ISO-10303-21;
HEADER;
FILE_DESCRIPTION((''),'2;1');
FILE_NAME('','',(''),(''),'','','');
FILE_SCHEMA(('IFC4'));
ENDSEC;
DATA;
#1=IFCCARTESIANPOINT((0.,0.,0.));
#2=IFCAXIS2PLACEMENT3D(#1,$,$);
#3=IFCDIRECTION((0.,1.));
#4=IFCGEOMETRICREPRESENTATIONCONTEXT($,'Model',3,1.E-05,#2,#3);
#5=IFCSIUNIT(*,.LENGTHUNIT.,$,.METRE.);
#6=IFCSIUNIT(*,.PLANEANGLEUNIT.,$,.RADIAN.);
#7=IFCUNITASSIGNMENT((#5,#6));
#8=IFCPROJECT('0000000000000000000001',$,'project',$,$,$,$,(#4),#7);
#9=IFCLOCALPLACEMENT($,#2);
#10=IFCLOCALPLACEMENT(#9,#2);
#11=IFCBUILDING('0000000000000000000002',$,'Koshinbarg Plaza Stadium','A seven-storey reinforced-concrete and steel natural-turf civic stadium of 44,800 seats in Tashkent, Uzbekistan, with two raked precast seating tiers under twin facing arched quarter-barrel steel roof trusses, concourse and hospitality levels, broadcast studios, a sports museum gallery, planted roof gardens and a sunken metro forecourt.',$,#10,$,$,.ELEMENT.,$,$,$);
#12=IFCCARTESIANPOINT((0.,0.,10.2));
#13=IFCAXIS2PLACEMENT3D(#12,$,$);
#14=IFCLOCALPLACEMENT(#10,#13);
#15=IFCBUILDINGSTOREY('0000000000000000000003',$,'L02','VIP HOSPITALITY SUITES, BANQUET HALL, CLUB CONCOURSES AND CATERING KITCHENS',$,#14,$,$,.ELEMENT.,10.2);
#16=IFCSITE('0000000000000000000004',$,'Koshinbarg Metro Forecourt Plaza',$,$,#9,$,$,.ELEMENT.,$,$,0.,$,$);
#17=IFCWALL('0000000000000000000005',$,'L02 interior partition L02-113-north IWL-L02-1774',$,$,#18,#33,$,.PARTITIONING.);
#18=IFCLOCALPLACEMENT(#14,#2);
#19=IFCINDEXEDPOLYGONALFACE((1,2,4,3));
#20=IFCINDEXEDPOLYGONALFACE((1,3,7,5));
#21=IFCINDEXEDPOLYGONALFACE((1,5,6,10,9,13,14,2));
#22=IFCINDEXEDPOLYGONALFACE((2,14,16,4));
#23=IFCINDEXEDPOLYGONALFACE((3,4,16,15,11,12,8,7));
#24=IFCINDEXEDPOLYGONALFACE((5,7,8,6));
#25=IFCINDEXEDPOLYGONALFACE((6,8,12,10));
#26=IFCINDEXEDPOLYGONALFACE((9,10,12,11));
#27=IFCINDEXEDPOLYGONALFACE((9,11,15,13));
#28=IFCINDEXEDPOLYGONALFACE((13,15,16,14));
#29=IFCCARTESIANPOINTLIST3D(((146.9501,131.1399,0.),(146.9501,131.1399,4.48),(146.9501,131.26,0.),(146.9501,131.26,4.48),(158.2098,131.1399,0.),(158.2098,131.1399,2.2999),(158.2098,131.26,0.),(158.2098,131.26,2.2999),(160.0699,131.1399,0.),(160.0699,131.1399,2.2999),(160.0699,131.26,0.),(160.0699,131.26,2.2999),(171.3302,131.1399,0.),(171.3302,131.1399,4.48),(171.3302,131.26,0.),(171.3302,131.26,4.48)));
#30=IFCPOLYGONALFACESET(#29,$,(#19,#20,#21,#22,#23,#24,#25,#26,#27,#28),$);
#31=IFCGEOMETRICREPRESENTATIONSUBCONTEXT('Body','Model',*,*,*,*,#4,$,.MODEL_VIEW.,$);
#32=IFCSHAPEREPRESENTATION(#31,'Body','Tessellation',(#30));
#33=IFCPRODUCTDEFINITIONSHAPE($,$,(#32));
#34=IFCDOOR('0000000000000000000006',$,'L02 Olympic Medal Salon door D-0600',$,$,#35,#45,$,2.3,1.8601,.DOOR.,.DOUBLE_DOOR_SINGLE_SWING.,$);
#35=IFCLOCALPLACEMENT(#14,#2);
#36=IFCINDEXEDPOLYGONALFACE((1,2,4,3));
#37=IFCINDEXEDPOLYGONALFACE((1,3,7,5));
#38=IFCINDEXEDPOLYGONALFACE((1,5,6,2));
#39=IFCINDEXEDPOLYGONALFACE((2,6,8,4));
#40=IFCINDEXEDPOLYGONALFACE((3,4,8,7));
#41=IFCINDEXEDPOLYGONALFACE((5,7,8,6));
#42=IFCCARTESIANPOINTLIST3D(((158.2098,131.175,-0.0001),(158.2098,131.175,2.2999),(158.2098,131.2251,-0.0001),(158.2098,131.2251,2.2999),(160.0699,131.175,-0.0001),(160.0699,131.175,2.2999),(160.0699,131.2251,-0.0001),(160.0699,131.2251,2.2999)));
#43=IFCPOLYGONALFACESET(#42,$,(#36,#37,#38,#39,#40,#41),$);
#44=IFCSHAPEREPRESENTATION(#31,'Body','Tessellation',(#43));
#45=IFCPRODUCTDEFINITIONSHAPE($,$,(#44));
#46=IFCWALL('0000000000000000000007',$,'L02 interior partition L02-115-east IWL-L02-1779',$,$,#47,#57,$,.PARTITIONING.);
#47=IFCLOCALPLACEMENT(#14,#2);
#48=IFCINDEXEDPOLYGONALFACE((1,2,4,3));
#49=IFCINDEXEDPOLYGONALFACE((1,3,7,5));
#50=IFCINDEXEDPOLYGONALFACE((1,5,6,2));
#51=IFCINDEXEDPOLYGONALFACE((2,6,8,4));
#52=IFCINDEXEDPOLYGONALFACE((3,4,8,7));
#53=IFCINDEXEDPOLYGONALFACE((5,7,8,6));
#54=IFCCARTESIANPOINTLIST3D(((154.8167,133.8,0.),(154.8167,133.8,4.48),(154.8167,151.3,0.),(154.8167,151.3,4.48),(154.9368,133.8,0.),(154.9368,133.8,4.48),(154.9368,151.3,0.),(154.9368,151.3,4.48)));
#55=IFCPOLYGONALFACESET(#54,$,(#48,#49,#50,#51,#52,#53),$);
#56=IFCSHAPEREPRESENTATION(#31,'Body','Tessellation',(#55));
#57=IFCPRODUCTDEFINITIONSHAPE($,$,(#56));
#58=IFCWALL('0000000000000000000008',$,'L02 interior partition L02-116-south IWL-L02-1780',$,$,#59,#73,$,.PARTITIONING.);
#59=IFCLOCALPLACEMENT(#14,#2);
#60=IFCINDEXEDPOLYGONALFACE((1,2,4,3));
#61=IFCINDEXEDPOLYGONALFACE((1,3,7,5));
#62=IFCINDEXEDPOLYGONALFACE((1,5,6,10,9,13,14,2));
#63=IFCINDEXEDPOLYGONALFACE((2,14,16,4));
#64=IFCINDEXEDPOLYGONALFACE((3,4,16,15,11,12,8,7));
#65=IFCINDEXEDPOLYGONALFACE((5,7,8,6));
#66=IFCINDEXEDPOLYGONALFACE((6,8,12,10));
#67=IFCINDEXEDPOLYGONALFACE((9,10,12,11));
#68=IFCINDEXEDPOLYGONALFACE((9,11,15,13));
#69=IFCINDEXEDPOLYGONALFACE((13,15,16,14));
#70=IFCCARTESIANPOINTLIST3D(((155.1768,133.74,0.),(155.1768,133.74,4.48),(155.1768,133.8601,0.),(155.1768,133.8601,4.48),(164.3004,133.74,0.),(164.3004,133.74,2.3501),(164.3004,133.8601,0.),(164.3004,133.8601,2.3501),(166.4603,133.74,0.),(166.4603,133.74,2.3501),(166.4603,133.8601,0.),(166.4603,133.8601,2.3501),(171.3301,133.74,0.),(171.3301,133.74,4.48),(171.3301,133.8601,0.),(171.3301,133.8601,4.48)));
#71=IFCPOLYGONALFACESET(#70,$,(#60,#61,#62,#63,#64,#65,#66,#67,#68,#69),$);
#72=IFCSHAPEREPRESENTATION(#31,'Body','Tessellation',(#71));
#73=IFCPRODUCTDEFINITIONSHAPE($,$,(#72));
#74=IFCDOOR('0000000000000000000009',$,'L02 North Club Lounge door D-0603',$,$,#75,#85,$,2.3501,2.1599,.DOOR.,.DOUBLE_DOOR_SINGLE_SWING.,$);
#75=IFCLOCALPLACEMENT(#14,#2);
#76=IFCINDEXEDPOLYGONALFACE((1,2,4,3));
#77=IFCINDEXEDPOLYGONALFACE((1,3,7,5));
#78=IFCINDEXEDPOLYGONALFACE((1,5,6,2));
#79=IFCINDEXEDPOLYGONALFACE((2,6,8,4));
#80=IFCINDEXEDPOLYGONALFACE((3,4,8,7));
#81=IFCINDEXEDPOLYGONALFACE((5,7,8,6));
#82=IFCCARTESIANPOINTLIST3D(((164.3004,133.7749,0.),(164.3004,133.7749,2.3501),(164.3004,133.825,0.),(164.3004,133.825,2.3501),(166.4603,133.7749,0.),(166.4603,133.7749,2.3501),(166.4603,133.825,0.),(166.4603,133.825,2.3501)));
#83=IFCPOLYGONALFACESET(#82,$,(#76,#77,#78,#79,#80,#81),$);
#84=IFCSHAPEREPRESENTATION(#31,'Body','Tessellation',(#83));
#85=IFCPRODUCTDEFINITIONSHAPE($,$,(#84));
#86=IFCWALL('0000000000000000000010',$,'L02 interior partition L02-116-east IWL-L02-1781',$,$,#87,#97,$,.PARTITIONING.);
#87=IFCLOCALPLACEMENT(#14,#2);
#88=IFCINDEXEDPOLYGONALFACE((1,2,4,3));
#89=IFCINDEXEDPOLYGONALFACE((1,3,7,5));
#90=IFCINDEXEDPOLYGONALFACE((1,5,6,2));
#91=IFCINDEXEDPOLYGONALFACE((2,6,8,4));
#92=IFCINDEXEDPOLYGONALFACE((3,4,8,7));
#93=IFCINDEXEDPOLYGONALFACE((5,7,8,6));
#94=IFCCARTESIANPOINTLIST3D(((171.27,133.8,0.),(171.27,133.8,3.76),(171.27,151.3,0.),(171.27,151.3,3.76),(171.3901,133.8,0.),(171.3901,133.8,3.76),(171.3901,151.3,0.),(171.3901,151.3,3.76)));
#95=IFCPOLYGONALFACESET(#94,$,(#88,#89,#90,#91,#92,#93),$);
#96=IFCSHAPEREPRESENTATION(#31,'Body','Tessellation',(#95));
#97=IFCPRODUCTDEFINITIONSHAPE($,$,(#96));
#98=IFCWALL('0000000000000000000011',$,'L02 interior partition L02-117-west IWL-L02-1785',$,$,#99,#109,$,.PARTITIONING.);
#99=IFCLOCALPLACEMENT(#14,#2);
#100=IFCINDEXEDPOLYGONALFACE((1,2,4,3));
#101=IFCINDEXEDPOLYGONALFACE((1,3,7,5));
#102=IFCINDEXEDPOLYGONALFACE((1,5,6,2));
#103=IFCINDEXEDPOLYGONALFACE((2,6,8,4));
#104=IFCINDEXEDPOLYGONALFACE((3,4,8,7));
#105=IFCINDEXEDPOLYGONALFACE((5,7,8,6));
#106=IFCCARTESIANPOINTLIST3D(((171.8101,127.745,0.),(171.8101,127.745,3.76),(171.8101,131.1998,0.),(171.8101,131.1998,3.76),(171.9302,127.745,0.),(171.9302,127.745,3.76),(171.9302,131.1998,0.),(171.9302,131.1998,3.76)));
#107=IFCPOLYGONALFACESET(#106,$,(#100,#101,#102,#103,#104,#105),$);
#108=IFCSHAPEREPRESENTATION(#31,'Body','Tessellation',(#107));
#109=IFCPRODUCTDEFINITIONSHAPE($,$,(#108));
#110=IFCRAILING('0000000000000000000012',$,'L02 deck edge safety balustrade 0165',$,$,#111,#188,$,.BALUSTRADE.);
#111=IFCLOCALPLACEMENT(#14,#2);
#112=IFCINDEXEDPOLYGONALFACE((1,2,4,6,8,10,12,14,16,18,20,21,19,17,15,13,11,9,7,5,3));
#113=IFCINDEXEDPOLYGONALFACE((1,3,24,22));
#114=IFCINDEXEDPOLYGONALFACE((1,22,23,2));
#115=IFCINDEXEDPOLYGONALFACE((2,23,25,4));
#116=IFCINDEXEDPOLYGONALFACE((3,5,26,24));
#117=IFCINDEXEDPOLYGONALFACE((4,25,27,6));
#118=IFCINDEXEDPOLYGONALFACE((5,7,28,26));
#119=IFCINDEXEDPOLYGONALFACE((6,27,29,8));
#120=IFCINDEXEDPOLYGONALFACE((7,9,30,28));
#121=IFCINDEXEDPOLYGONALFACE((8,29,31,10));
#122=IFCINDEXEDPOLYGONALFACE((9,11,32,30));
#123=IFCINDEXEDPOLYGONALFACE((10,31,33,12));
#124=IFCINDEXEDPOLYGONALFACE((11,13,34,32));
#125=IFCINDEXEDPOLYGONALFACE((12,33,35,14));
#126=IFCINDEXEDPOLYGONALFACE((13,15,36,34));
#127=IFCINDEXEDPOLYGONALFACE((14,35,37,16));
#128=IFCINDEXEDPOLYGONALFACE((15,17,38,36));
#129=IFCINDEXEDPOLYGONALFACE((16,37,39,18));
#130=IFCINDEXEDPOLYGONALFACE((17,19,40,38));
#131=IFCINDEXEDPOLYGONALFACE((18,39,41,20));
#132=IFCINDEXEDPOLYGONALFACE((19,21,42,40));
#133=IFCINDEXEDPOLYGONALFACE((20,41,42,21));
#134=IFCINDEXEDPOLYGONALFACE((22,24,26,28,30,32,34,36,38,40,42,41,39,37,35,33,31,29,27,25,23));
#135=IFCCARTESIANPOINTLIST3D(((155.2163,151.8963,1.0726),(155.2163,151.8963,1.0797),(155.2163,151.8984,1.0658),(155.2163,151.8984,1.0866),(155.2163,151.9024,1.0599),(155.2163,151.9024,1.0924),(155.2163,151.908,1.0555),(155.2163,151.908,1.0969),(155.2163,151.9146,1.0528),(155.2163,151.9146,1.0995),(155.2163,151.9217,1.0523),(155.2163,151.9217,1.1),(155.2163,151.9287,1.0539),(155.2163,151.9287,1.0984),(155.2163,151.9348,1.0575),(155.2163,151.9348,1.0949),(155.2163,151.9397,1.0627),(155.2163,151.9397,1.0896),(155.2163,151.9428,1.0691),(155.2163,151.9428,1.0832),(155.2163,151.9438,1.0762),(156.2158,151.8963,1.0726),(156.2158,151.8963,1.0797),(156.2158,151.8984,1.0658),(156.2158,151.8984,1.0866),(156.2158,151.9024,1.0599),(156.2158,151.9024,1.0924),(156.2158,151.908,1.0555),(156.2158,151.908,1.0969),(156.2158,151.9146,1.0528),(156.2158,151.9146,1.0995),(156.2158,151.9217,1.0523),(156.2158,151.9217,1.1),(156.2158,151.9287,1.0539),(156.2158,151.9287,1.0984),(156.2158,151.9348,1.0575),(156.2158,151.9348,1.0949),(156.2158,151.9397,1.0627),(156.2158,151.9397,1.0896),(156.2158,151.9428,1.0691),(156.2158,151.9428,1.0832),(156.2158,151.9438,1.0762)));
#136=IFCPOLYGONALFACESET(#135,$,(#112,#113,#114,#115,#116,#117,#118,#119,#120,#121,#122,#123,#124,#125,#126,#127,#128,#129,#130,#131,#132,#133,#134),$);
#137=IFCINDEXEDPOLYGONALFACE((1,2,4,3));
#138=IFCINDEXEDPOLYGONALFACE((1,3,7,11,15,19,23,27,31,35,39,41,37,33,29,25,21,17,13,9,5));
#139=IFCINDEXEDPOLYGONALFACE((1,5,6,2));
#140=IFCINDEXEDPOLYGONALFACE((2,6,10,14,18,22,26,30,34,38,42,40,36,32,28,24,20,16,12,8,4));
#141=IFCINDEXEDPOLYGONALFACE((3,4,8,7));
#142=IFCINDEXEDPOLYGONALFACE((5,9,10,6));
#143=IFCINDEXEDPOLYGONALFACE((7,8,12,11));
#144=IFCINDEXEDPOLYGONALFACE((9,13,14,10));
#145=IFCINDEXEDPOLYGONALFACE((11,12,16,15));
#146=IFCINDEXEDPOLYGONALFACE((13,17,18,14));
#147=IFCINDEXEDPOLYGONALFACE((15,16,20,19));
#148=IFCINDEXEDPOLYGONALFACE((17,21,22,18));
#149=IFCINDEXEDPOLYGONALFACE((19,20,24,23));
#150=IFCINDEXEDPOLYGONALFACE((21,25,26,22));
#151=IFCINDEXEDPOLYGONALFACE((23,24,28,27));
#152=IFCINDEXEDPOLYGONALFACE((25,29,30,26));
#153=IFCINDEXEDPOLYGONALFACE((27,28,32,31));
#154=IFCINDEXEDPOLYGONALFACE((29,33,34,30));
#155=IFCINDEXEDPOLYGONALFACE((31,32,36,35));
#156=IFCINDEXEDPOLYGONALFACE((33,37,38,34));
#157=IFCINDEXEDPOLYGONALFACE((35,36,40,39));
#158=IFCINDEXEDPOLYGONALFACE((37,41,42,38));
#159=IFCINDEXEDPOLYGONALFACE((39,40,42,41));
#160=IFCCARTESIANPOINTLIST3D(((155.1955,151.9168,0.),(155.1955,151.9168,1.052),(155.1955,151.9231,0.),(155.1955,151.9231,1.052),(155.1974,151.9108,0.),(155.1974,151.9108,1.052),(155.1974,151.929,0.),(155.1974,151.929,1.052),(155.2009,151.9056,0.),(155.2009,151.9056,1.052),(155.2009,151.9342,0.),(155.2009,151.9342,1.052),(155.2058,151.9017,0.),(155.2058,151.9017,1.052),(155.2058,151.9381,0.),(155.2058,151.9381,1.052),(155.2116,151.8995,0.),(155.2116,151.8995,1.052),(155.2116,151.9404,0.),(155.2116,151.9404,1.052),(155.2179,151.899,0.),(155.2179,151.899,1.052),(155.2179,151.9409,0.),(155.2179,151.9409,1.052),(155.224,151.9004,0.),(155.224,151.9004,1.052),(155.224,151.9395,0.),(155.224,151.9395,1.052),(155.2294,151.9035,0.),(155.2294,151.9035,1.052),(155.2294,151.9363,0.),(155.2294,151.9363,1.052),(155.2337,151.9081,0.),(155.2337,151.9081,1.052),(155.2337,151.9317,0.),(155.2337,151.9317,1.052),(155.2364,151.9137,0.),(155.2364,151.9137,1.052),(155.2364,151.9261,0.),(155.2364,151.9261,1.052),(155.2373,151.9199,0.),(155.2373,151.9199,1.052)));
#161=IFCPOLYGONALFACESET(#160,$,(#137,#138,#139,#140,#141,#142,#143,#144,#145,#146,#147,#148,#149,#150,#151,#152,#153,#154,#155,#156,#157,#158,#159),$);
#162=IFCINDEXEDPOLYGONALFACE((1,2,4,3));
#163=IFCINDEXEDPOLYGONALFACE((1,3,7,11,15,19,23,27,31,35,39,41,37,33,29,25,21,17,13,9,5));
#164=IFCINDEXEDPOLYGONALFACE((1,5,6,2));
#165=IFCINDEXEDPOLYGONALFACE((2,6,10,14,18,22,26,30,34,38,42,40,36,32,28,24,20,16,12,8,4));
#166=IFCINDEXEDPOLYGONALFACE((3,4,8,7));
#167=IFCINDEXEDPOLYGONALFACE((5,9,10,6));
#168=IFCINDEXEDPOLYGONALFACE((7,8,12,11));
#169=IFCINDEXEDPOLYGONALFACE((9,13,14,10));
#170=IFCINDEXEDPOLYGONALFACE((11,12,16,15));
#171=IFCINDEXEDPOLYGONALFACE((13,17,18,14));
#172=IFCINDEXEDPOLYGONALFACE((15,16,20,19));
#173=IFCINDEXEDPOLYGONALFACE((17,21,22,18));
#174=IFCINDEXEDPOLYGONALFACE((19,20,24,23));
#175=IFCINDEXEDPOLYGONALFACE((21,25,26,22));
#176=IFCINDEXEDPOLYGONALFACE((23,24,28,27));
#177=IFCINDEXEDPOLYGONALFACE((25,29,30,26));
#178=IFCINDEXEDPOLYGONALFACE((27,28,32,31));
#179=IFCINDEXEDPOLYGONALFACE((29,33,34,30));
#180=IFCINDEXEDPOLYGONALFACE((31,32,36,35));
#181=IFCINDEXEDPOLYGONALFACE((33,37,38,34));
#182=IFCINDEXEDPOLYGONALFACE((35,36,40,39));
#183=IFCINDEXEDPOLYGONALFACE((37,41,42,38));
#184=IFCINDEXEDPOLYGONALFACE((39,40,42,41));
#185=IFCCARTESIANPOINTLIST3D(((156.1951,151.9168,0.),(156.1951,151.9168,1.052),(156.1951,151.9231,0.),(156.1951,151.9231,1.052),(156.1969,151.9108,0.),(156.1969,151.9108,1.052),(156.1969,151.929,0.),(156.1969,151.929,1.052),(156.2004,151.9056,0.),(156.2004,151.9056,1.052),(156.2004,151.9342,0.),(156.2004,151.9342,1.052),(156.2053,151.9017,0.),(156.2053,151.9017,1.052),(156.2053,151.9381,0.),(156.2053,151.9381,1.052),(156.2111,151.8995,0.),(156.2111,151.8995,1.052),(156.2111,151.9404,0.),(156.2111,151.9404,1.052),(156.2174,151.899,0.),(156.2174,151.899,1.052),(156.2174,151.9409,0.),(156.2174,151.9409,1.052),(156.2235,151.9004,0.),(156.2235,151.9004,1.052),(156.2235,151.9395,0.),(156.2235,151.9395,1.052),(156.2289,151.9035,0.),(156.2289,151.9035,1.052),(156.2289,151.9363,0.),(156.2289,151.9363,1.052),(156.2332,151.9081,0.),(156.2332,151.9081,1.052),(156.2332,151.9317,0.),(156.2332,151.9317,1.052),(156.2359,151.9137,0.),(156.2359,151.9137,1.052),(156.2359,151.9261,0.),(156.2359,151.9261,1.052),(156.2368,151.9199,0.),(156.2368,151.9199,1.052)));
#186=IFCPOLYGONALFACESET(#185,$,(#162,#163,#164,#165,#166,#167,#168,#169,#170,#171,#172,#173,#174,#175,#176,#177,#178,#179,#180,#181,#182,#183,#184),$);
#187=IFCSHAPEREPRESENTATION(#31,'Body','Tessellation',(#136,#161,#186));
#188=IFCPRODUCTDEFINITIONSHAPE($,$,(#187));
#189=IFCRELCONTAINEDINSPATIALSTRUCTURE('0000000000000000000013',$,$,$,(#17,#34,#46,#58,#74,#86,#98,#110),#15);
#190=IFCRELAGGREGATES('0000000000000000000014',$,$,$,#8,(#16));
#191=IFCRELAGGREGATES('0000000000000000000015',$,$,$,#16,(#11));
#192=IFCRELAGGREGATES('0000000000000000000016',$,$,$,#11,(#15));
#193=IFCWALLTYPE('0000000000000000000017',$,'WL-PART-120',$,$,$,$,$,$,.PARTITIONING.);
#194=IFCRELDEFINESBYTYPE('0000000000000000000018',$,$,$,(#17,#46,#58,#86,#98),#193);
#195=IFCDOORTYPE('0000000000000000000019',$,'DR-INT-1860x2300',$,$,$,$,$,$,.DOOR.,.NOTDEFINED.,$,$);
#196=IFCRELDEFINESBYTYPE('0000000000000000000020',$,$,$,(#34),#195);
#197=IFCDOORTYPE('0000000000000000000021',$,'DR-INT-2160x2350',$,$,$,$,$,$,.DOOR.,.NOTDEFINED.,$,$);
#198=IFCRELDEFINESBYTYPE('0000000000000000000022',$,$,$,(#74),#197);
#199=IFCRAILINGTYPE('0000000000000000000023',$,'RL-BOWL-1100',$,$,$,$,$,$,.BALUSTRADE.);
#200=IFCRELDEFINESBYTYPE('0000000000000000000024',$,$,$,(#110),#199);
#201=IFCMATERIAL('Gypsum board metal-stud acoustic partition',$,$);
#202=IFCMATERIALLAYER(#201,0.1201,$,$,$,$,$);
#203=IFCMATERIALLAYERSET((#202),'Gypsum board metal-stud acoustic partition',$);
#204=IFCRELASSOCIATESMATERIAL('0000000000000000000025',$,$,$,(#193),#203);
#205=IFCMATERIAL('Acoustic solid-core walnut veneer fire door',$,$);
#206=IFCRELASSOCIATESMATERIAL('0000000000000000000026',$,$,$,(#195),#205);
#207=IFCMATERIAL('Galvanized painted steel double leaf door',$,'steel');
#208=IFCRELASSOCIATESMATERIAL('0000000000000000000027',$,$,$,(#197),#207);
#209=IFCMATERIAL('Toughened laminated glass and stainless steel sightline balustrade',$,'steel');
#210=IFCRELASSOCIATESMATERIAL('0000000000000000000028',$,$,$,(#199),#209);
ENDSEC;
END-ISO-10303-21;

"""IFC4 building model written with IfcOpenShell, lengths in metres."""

from ifc_helpers import new_model, si_unit, direction, frame, frame_2d, origin, origin_2d, place, context, subcontext, project, spatial, rectangle, circle, extrude, material, layer, layer_set, type_object, element, fill, save


model = new_model("IFC4")

# Units and contexts
model_context = context("Model", 3, precision=1e-05, world=origin(), true_north=direction((0.0, 1.0)))
body_context = subcontext(model_context, "Body", "Model", "MODEL_VIEW")
ifc_project = project(units=[si_unit("LENGTHUNIT", "METRE"), si_unit("PLANEANGLEUNIT", "RADIAN")], contexts=[model_context])

# Site, building, storey
site_placement = place(None, origin())
site = spatial("IfcSite", under=ifc_project, at=site_placement, Name="Koshinbarg Metro Forecourt Plaza", CompositionType="ELEMENT", RefElevation=0.0)
building_placement = place(site_placement, origin())
building = spatial("IfcBuilding", under=site, at=building_placement, Name="Koshinbarg Plaza Stadium", Description="A seven-storey reinforced-concrete and steel natural-turf civic stadium of 44,800 seats in Tashkent, Uzbekistan, with two raked precast seating tiers under twin facing arched quarter-barrel steel roof trusses, concourse and hospitality levels, broadcast studios, a sports museum gallery, planted roof gardens and a sunken metro forecourt.", CompositionType="ELEMENT")
storey_placement = place(building_placement, frame((0.0, 0.0, 10.2)))
storey = spatial("IfcBuildingStorey", under=building, at=storey_placement, Name="L02", Description="VIP HOSPITALITY SUITES, BANQUET HALL, CLUB CONCOURSES AND CATERING KITCHENS", CompositionType="ELEMENT", Elevation=10.2)

# Wall, opening, door
ifc_material_1 = material(Name="Gypsum board metal-stud acoustic partition")
ifc_layer_1 = layer(ifc_material_1, 0.1201)
ifc_layer_set_1 = layer_set([ifc_layer_1], Name="Gypsum board metal-stud acoustic partition")
wall_type_1 = type_object("IfcWallType", Name="WL-PART-120", PredefinedType="PARTITIONING", material=ifc_layer_set_1)
wall_1_placement = place(storey_placement, frame((171.3301, 131.2, 0.0), z_axis=(0.0, 0.0, 1.0), x_axis=(-1.0, 0.0, 0.0)))
wall_1 = element("IfcWall", 1, at=wall_1_placement, inside=storey, type_object=wall_type_1, Name="L02 interior partition L02-113-north IWL-L02-1774", PredefinedType="PARTITIONING", context=body_context, shape_type="SweptSolid", body=[
    extrude(rectangle(XDim=24.3801, YDim=0.1201, at=frame_2d((12.1899, 0.0))), origin(), (0.0, 0.0, 1.0), 4.48),
])
opening_1_placement = place(wall_1_placement, frame((11.26, 0.0, 0.0)))
opening_1 = element("IfcOpeningElement", 2, at=opening_1_placement, cuts=wall_1, PredefinedType="OPENING", context=body_context, shape_type="SweptSolid", body=[
    extrude(rectangle(XDim=1.8601, YDim=2.3, at=frame_2d((0.9302, 1.1499))), frame((0.0, 0.0701, 0.0), z_axis=(0.0, -1.0, 0.0), x_axis=(1.0, 0.0, 0.0)), (0.0, 0.0, 1.0), 0.1401),
])
ifc_material_2 = material(Name="Acoustic solid-core walnut veneer fire door")
door_type_1 = type_object("IfcDoorType", Name="DR-INT-1860x2300", OperationType="NOTDEFINED", PredefinedType="DOOR", material=ifc_material_2)
door_1_placement = place(opening_1_placement, origin())
door_1 = element("IfcDoor", 3, at=door_1_placement, inside=storey, type_object=door_type_1, Name="L02 Olympic Medal Salon door D-0600", OperationType="DOUBLE_DOOR_SINGLE_SWING", OverallHeight=2.3, OverallWidth=1.8601, PredefinedType="DOOR", context=body_context, shape_type="SweptSolid", body=[
    extrude(rectangle(XDim=1.8601, YDim=2.3, at=frame_2d((0.9302, 1.1499))), frame((0.0, 0.0249, 0.0), z_axis=(0.0, -1.0, 0.0), x_axis=(1.0, 0.0, 0.0)), (0.0, 0.0, 1.0), 0.05),
])
fill(opening_1, door_1)

# Wall
wall_2_placement = place(storey_placement, frame((154.8767, 133.8, 0.0), z_axis=(0.0, 0.0, 1.0), x_axis=(0.0, 1.0, 0.0)))
element("IfcWall", 4, at=wall_2_placement, inside=storey, type_object=wall_type_1, Name="L02 interior partition L02-115-east IWL-L02-1779", PredefinedType="PARTITIONING", context=body_context, shape_type="SweptSolid", body=[
    extrude(rectangle(XDim=17.5, YDim=0.1201, at=frame_2d((8.75, 0.0))), origin(), (0.0, 0.0, 1.0), 4.48),
])

# Wall, opening, door
wall_3_placement = place(storey_placement, frame((155.1768, 133.8, 0.0), z_axis=(0.0, 0.0, 1.0), x_axis=(1.0, 0.0, 0.0)))
wall_3 = element("IfcWall", 5, at=wall_3_placement, inside=storey, type_object=wall_type_1, Name="L02 interior partition L02-116-south IWL-L02-1780", PredefinedType="PARTITIONING", context=body_context, shape_type="SweptSolid", body=[
    extrude(rectangle(XDim=16.1533, YDim=0.1201, at=frame_2d((8.0767, 0.0))), origin(), (0.0, 0.0, 1.0), 4.48),
])
opening_2_placement = place(wall_3_placement, frame((9.1235, 0.0, 0.0)))
opening_2 = element("IfcOpeningElement", 6, at=opening_2_placement, cuts=wall_3, PredefinedType="OPENING", context=body_context, shape_type="SweptSolid", body=[
    extrude(rectangle(XDim=2.1599, YDim=2.3501, at=frame_2d((1.0801, 1.175))), frame((0.0, 0.0701, 0.0), z_axis=(0.0, -1.0, 0.0), x_axis=(1.0, 0.0, 0.0)), (0.0, 0.0, 1.0), 0.1401),
])
ifc_material_3 = material(Name="Galvanized painted steel double leaf door", Category="steel")
door_type_2 = type_object("IfcDoorType", Name="DR-INT-2160x2350", OperationType="NOTDEFINED", PredefinedType="DOOR", material=ifc_material_3)
door_2_placement = place(opening_2_placement, origin())
door_2 = element("IfcDoor", 7, at=door_2_placement, inside=storey, type_object=door_type_2, Name="L02 North Club Lounge door D-0603", OperationType="DOUBLE_DOOR_SINGLE_SWING", OverallHeight=2.3501, OverallWidth=2.1599, PredefinedType="DOOR", context=body_context, shape_type="SweptSolid", body=[
    extrude(rectangle(XDim=2.1599, YDim=2.3501, at=frame_2d((1.0801, 1.175))), frame((0.0, 0.0249, 0.0), z_axis=(0.0, -1.0, 0.0), x_axis=(1.0, 0.0, 0.0)), (0.0, 0.0, 1.0), 0.05),
])
fill(opening_2, door_2)

# Walls
wall_4_placement = place(storey_placement, frame((171.3301, 133.8, 0.0), z_axis=(0.0, 0.0, 1.0), x_axis=(0.0, 1.0, 0.0)))
element("IfcWall", 8, at=wall_4_placement, inside=storey, type_object=wall_type_1, Name="L02 interior partition L02-116-east IWL-L02-1781", PredefinedType="PARTITIONING", context=body_context, shape_type="SweptSolid", body=[
    extrude(rectangle(XDim=17.5, YDim=0.1201, at=frame_2d((8.75, 0.0))), origin(), (0.0, 0.0, 1.0), 3.76),
])
wall_5_placement = place(storey_placement, frame((171.8701, 131.2, 0.0), z_axis=(0.0, 0.0, 1.0), x_axis=(0.0, -1.0, 0.0)))
element("IfcWall", 9, at=wall_5_placement, inside=storey, type_object=wall_type_1, Name="L02 interior partition L02-117-west IWL-L02-1785", PredefinedType="PARTITIONING", context=body_context, shape_type="SweptSolid", body=[
    extrude(rectangle(XDim=3.4548, YDim=0.1201, at=frame_2d((1.7275, 0.0))), origin(), (0.0, 0.0, 1.0), 3.76),
])

# Railing
ifc_material_4 = material(Name="Toughened laminated glass and stainless steel sightline balustrade", Category="steel")
railing_type = type_object("IfcRailingType", Name="RL-BOWL-1100", PredefinedType="BALUSTRADE", material=ifc_material_4)
for number, where, name in (
    (10, (155.2163, 151.9199, 0.0), "L02 deck edge safety balustrade 0165"),
):
    element("IfcRailing", number, at=place(storey_placement, frame(where)), inside=storey, type_object=railing_type, Name=name, PredefinedType="BALUSTRADE", context=body_context, shape_type="SweptSolid", body=[
        extrude(circle(Radius=0.0239, at=origin_2d()), frame((0.0, 0.0, 1.0762), z_axis=(1.0, 0.0, 0.0), x_axis=(0.0, 1.0, 0.0)), (0.0, 0.0, 1.0), 0.9995),
        extrude(circle(Radius=0.021, at=origin_2d()), origin(), (0.0, 0.0, 1.0), 1.052),
        extrude(circle(Radius=0.021, at=origin_2d()), frame((0.9995, 0.0, 0.0)), (0.0, 0.0, 1.0), 1.052),
    ])

save(model, "model.ifc")
